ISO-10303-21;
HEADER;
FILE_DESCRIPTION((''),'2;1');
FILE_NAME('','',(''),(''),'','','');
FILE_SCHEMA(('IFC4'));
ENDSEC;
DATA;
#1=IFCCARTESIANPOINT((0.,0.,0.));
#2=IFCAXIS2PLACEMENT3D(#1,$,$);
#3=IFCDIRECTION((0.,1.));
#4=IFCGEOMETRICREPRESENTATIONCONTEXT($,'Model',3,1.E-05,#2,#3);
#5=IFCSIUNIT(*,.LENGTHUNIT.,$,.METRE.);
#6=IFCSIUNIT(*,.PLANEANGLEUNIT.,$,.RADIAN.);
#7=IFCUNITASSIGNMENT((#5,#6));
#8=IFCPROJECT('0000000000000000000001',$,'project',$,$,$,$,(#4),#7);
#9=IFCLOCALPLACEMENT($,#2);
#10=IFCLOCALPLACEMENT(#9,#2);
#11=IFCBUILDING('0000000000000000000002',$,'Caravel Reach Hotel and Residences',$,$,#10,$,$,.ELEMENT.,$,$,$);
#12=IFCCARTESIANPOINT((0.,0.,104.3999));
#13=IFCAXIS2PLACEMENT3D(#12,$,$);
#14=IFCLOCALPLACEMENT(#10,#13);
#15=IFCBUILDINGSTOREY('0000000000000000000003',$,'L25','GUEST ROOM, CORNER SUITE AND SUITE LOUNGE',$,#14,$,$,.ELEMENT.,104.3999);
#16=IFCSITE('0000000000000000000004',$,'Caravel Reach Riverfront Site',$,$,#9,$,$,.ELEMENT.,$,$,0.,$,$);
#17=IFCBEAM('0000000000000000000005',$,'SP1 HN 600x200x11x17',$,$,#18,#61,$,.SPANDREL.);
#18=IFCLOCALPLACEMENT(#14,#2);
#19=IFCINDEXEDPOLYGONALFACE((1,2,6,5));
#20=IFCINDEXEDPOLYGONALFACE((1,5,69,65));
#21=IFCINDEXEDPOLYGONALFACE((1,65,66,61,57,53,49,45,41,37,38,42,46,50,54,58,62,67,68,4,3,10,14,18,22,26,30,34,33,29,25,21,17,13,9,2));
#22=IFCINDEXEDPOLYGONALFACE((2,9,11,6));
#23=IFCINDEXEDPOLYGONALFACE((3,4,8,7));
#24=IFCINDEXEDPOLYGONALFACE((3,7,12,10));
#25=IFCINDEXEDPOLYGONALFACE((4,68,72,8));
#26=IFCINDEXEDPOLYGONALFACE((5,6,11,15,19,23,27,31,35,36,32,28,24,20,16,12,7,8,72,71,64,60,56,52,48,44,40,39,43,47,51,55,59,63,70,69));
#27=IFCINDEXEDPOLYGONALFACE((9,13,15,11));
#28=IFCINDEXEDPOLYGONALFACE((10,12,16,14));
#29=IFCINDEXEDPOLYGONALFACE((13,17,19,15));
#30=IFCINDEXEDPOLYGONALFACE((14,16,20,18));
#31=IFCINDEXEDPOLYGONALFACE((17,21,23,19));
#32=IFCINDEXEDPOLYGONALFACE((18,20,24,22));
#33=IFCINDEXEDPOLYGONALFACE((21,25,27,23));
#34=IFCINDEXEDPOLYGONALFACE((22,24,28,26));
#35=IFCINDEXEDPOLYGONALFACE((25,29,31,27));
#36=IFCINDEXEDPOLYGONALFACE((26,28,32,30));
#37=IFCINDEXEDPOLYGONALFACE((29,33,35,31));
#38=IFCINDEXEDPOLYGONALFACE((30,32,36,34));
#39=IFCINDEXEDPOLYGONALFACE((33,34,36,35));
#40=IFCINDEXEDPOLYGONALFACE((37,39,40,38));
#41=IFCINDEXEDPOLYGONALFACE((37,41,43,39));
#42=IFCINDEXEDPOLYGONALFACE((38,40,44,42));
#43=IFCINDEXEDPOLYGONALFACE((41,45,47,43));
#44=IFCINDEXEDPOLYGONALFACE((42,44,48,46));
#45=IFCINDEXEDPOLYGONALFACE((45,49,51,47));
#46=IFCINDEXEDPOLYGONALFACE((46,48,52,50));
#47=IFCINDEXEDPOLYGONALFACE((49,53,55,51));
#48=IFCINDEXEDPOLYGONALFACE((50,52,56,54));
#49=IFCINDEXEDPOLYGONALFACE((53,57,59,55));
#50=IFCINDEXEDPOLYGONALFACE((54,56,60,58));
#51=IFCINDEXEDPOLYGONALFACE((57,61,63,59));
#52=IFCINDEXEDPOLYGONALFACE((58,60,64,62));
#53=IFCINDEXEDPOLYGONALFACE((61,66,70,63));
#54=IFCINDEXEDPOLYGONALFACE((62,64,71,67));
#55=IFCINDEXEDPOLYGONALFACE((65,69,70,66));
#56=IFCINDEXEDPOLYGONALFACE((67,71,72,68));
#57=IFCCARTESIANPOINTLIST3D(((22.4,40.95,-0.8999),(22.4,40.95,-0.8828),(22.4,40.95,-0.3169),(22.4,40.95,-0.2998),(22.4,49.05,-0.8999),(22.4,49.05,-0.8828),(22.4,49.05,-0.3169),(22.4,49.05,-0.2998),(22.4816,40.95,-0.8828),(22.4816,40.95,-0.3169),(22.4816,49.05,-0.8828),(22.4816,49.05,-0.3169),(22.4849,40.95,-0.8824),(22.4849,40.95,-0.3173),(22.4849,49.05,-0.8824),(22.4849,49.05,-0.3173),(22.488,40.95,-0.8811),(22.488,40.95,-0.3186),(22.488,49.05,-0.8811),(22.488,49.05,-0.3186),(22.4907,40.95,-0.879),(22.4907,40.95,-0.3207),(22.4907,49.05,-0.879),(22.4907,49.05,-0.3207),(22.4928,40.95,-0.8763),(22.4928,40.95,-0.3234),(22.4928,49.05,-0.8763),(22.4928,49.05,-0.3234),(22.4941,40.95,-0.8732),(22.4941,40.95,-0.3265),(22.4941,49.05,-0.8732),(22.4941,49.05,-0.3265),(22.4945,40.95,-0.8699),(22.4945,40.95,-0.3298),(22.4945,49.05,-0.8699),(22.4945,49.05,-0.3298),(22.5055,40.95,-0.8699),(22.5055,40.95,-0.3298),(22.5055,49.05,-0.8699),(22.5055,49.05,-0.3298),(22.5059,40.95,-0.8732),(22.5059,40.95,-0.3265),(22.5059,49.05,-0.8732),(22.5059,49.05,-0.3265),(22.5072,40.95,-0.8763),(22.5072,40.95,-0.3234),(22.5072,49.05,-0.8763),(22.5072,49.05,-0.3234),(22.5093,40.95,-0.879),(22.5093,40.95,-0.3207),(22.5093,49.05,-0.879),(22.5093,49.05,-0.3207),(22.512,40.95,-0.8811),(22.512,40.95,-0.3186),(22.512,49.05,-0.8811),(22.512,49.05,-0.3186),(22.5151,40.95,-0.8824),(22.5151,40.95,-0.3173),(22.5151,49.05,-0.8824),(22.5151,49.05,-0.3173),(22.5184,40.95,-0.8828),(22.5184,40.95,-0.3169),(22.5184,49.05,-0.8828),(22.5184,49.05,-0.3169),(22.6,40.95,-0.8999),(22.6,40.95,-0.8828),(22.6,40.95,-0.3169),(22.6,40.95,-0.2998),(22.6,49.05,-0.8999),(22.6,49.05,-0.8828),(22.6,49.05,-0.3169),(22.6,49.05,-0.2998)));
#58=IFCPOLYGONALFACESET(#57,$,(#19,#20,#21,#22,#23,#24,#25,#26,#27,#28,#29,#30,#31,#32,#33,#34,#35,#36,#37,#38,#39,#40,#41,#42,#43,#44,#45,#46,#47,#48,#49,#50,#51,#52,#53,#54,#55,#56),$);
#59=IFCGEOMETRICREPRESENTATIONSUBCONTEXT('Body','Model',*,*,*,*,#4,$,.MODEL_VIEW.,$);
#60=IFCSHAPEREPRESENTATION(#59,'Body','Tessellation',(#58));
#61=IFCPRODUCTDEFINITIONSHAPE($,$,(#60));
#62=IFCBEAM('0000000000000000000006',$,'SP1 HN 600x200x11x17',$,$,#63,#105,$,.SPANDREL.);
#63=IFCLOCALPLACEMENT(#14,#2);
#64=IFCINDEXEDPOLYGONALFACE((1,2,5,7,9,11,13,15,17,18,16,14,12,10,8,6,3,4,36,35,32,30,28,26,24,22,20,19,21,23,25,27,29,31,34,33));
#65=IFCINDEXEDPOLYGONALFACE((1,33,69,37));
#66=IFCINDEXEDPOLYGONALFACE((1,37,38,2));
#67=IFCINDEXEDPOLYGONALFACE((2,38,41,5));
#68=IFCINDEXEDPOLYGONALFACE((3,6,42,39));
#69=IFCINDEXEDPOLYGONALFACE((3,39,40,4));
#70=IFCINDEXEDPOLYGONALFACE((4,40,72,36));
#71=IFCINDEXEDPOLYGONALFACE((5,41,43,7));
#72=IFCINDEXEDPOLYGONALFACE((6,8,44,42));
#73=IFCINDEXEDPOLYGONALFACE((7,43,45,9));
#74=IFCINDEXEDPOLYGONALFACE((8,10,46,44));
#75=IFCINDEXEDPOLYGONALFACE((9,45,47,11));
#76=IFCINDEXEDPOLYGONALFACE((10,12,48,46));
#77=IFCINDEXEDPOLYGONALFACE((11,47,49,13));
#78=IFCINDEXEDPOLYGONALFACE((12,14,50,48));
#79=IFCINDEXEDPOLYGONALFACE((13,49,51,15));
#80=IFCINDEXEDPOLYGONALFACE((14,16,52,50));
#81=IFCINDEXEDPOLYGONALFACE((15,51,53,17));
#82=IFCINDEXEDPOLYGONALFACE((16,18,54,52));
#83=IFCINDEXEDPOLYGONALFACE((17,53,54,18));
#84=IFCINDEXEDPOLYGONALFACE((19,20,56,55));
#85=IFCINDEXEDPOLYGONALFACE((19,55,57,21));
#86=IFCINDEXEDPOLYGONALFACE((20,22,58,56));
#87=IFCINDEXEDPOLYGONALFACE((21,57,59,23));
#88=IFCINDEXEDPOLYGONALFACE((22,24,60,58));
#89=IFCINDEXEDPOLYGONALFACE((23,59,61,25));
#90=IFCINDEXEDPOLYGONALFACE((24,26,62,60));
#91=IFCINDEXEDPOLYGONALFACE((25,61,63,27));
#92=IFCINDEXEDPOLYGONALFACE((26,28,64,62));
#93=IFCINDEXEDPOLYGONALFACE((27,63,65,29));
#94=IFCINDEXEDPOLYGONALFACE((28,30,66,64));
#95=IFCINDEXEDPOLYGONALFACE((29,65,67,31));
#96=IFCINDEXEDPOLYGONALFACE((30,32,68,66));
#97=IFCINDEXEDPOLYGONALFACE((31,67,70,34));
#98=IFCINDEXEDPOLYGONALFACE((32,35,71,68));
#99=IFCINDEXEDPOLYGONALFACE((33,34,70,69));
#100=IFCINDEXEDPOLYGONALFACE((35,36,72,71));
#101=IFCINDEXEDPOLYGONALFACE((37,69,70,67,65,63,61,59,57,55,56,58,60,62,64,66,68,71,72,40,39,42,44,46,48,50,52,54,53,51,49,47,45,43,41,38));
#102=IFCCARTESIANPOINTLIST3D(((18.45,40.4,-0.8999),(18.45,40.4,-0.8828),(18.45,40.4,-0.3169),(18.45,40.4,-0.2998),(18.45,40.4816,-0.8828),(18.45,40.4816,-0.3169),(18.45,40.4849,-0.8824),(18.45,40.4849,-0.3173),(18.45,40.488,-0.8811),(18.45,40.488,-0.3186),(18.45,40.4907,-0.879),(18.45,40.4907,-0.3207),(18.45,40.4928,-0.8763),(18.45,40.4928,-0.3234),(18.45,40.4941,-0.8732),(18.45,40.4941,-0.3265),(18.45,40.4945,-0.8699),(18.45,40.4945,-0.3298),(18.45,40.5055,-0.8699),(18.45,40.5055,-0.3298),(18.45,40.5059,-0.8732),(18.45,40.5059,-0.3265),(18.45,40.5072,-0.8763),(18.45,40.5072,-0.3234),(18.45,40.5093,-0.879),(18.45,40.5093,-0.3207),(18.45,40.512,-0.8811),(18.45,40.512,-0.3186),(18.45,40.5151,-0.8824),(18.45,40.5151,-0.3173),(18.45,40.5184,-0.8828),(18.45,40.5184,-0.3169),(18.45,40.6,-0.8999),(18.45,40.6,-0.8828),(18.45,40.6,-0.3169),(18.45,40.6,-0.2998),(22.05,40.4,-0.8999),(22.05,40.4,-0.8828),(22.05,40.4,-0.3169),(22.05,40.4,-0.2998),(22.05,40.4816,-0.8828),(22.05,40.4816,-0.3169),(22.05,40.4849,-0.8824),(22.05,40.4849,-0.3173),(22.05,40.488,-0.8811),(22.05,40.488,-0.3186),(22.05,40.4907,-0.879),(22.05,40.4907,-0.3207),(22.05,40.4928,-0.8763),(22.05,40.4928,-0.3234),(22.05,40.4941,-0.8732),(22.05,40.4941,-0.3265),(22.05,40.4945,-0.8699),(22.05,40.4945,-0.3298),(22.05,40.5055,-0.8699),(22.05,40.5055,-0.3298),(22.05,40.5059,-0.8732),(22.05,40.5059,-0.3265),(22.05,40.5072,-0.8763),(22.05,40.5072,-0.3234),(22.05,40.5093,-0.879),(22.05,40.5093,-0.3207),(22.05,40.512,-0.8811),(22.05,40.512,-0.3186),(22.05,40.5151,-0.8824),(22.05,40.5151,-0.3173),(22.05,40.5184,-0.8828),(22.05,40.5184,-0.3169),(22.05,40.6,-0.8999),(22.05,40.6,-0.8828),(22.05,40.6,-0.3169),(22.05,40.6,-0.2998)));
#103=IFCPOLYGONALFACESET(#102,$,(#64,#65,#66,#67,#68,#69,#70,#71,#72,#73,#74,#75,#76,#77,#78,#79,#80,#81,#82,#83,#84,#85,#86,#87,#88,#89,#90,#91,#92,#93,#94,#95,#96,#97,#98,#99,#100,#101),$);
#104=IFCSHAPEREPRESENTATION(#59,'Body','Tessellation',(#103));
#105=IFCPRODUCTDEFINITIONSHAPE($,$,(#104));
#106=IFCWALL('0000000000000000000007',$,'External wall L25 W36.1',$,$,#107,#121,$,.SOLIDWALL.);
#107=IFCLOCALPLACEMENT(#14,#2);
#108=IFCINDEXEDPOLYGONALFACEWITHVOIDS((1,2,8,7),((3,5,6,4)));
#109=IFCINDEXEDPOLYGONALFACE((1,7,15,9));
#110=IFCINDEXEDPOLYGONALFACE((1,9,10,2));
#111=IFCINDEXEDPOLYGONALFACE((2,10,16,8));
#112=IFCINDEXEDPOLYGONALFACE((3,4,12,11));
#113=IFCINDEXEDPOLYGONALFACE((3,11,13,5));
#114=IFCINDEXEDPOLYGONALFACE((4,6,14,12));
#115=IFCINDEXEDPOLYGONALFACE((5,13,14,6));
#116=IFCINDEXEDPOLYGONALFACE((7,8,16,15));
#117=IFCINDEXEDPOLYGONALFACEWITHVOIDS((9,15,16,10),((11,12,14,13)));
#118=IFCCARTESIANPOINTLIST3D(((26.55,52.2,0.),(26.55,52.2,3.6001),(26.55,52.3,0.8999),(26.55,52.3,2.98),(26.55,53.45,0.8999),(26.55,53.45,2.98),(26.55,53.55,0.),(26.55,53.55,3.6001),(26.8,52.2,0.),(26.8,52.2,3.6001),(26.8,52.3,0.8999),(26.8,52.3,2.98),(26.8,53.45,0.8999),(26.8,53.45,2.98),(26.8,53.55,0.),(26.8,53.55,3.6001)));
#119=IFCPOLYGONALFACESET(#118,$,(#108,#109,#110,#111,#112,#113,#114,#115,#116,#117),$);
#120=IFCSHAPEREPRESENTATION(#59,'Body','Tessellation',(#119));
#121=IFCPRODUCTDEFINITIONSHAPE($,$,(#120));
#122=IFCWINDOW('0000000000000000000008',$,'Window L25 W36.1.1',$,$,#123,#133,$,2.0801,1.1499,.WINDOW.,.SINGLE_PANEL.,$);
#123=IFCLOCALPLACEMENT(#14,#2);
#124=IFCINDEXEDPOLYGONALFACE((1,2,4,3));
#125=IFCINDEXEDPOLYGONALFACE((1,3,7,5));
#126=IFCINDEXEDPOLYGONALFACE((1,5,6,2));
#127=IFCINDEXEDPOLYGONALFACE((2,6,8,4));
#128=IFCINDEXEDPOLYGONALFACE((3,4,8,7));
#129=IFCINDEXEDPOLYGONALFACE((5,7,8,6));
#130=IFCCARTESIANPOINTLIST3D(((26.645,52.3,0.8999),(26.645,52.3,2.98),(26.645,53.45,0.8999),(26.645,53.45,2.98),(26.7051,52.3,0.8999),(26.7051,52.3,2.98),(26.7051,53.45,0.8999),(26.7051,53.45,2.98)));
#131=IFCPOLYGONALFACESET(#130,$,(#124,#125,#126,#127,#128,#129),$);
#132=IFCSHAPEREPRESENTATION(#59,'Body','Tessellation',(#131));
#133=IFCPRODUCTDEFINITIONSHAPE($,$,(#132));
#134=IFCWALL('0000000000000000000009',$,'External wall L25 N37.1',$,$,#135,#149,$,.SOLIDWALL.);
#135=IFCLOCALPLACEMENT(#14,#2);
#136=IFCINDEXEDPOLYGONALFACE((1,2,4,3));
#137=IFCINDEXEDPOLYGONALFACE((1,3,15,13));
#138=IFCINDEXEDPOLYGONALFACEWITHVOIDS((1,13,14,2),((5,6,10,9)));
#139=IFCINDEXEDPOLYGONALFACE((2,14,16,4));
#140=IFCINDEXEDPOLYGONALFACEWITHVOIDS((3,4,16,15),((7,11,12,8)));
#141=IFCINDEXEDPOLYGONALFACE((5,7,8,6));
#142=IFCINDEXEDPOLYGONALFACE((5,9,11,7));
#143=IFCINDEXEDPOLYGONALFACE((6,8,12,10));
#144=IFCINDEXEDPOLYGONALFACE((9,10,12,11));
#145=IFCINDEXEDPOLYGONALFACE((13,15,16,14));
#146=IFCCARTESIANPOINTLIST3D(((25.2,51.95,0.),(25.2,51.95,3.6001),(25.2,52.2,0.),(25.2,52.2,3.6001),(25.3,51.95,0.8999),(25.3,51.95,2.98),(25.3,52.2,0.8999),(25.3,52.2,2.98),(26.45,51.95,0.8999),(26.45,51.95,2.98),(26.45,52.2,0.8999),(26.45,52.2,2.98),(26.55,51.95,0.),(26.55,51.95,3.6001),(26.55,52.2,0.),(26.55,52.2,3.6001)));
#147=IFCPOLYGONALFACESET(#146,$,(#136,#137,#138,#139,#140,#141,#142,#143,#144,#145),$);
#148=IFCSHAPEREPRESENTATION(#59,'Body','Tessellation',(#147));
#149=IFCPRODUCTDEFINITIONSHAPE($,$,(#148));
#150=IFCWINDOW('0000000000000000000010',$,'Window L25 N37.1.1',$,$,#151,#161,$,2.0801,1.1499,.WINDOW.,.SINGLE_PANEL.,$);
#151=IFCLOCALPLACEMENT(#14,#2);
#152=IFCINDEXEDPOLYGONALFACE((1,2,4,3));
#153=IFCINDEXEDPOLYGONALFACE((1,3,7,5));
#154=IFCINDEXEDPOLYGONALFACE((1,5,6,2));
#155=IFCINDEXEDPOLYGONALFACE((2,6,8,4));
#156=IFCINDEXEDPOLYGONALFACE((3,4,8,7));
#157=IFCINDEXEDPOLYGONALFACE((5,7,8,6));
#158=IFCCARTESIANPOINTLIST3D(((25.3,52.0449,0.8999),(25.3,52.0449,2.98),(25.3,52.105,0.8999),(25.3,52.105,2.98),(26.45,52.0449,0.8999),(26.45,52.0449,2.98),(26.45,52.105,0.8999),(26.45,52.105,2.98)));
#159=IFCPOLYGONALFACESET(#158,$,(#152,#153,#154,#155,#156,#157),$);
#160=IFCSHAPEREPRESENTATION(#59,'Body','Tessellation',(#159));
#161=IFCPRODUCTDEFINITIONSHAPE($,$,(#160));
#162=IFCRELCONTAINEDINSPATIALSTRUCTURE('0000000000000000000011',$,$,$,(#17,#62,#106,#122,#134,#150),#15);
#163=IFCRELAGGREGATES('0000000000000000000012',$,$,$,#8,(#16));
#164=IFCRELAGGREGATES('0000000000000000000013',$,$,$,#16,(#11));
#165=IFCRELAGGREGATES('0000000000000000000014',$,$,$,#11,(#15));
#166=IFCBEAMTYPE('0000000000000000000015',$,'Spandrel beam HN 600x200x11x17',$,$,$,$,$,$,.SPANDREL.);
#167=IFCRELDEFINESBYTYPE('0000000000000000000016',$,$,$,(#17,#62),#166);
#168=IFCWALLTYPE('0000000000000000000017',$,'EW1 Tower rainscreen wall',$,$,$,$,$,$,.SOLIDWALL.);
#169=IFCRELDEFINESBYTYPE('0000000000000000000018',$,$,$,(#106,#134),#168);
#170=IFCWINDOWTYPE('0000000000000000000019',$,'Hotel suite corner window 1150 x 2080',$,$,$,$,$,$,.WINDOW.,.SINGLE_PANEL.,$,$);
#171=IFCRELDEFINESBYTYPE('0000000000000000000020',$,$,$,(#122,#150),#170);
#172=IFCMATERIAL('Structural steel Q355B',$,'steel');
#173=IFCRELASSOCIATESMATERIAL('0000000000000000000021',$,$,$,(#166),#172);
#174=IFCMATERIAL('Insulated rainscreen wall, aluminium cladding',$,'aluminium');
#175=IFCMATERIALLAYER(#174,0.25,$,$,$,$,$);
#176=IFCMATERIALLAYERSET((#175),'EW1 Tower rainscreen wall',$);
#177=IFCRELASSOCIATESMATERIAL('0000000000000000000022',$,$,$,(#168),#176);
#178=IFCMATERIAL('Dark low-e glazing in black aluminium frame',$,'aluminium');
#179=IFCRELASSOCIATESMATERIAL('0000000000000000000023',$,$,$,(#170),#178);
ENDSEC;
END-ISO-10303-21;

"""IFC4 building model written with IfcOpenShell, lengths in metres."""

from ifc_helpers import new_model, si_unit, direction, frame, frame_2d, origin, origin_2d, place, context, subcontext, project, spatial, rectangle, i_section, extrude, material, layer, layer_set, material_profile, profile_set, type_object, element, fill, save


model = new_model("IFC4")

# Units and contexts
model_context = context("Model", 3, precision=1e-05, world=origin(), true_north=direction((0.0, 1.0)))
body_context = subcontext(model_context, "Body", "Model", "MODEL_VIEW")
ifc_project = project(units=[si_unit("LENGTHUNIT", "METRE"), si_unit("PLANEANGLEUNIT", "RADIAN")], contexts=[model_context])

# Site, building, storey
site_placement = place(None, origin())
site = spatial("IfcSite", under=ifc_project, at=site_placement, Name="Caravel Reach Riverfront Site", CompositionType="ELEMENT", RefElevation=0.0)
building_placement = place(site_placement, origin())
building = spatial("IfcBuilding", under=site, at=building_placement, Name="Caravel Reach Hotel and Residences", CompositionType="ELEMENT")
storey_placement = place(building_placement, frame((0.0, 0.0, 104.3999)))
storey = spatial("IfcBuildingStorey", under=building, at=storey_placement, Name="L25", Description="GUEST ROOM, CORNER SUITE AND SUITE LOUNGE", CompositionType="ELEMENT", Elevation=104.3999)

# Beams
ifc_material_1 = material(Name="Structural steel Q355B", Category="steel")
ifc_material_profile_1 = material_profile(ifc_material_1, i_section(OverallWidth=0.2, OverallDepth=0.6001, WebThickness=0.011, FlangeThickness=0.0171, FilletRadius=0.0129, at=origin_2d()), Name="HN 600x200x11x17")
ifc_profile_set_1 = profile_set([ifc_material_profile_1], Name="Structural steel Q355B")
beam_type_1 = type_object("IfcBeamType", Name="Spandrel beam HN 600x200x11x17", PredefinedType="SPANDREL", material=ifc_profile_set_1)
beam_1_placement = place(storey_placement, frame((22.5, 49.05, -0.5999), z_axis=(0.0, -1.0, 0.0), x_axis=(1.0, 0.0, 0.0)))
element("IfcBeam", 1, at=beam_1_placement, inside=storey, type_object=beam_type_1, Name="SP1 HN 600x200x11x17", PredefinedType="SPANDREL", context=body_context, shape_type="SweptSolid", body=[
    extrude(i_section(OverallWidth=0.2, OverallDepth=0.6001, WebThickness=0.011, FlangeThickness=0.0171, FilletRadius=0.0129, at=origin_2d()), origin(), (0.0, 0.0, 1.0), 8.1001),
])
beam_2_placement = place(storey_placement, frame((22.05, 40.5, -0.5999), z_axis=(-1.0, 0.0, 0.0), x_axis=(0.0, -1.0, 0.0)))
element("IfcBeam", 2, at=beam_2_placement, inside=storey, type_object=beam_type_1, Name="SP1 HN 600x200x11x17", PredefinedType="SPANDREL", context=body_context, shape_type="SweptSolid", body=[
    extrude(i_section(OverallWidth=0.2, OverallDepth=0.6001, WebThickness=0.011, FlangeThickness=0.0171, FilletRadius=0.0129, at=origin_2d()), origin(), (0.0, 0.0, 1.0), 3.6001),
])

# Walls, openings, windows
ifc_material_2 = material(Name="Insulated rainscreen wall, aluminium cladding", Category="aluminium")
ifc_layer_1 = layer(ifc_material_2, 0.25)
ifc_layer_set_1 = layer_set([ifc_layer_1], Name="EW1 Tower rainscreen wall")
wall_type_1 = type_object("IfcWallType", Name="EW1 Tower rainscreen wall", PredefinedType="SOLIDWALL", material=ifc_layer_set_1)
wall_1_placement = place(storey_placement, frame((26.675, 53.55, 0.0), z_axis=(0.0, 0.0, 1.0), x_axis=(0.0, -1.0, 0.0)))
wall_1 = element("IfcWall", 3, at=wall_1_placement, inside=storey, type_object=wall_type_1, Name="External wall L25 W36.1", PredefinedType="SOLIDWALL", context=body_context, shape_type="SweptSolid", body=[
    extrude(rectangle(XDim=1.3501, YDim=0.25, at=frame_2d((0.675, 0.0))), origin(), (0.0, 0.0, 1.0), 3.6001),
])
opening_1_placement = place(wall_1_placement, frame((0.1001, 0.0, 0.8999)))
opening_1 = element("IfcOpeningElement", 4, at=opening_1_placement, cuts=wall_1, PredefinedType="OPENING", context=body_context, shape_type="SweptSolid", body=[
    extrude(rectangle(XDim=1.1499, YDim=2.0801, at=frame_2d((0.575, 1.04))), frame((0.0, 0.135, 0.0), z_axis=(0.0, -1.0, 0.0), x_axis=(1.0, 0.0, 0.0)), (0.0, 0.0, 1.0), 0.27),
])
ifc_material_3 = material(Name="Dark low-e glazing in black aluminium frame", Category="aluminium")
window_type_1 = type_object("IfcWindowType", Name="Hotel suite corner window 1150 x 2080", PartitioningType="SINGLE_PANEL", PredefinedType="WINDOW", material=ifc_material_3)
window_1_placement = place(opening_1_placement, origin())
window_1 = element("IfcWindow", 5, at=window_1_placement, inside=storey, type_object=window_type_1, Name="Window L25 W36.1.1", OverallHeight=2.0801, OverallWidth=1.1499, PartitioningType="SINGLE_PANEL", PredefinedType="WINDOW", context=body_context, shape_type="SweptSolid", body=[
    extrude(rectangle(XDim=1.1499, YDim=2.0801, at=frame_2d((0.575, 1.04))), frame((0.0, 0.03, 0.0), z_axis=(0.0, -1.0, 0.0), x_axis=(1.0, 0.0, 0.0)), (0.0, 0.0, 1.0), 0.0601),
])
fill(opening_1, window_1)
wall_2_placement = place(storey_placement, frame((26.55, 52.075, 0.0), z_axis=(0.0, 0.0, 1.0), x_axis=(-1.0, 0.0, 0.0)))
wall_2 = element("IfcWall", 6, at=wall_2_placement, inside=storey, type_object=wall_type_1, Name="External wall L25 N37.1", PredefinedType="SOLIDWALL", context=body_context, shape_type="SweptSolid", body=[
    extrude(rectangle(XDim=1.3501, YDim=0.25, at=frame_2d((0.675, 0.0))), origin(), (0.0, 0.0, 1.0), 3.6001),
])
opening_2_placement = place(wall_2_placement, frame((0.1001, 0.0, 0.8999)))
opening_2 = element("IfcOpeningElement", 7, at=opening_2_placement, cuts=wall_2, PredefinedType="OPENING", context=body_context, shape_type="SweptSolid", body=[
    extrude(rectangle(XDim=1.1499, YDim=2.0801, at=frame_2d((0.575, 1.04))), frame((0.0, 0.135, 0.0), z_axis=(0.0, -1.0, 0.0), x_axis=(1.0, 0.0, 0.0)), (0.0, 0.0, 1.0), 0.27),
])
window_2_placement = place(opening_2_placement, origin())
window_2 = element("IfcWindow", 8, at=window_2_placement, inside=storey, type_object=window_type_1, Name="Window L25 N37.1.1", OverallHeight=2.0801, OverallWidth=1.1499, PartitioningType="SINGLE_PANEL", PredefinedType="WINDOW", context=body_context, shape_type="SweptSolid", body=[
    extrude(rectangle(XDim=1.1499, YDim=2.0801, at=frame_2d((0.575, 1.04))), frame((0.0, 0.03, 0.0), z_axis=(0.0, -1.0, 0.0), x_axis=(1.0, 0.0, 0.0)), (0.0, 0.0, 1.0), 0.0601),
])
fill(opening_2, window_2)

save(model, "model.ifc")
